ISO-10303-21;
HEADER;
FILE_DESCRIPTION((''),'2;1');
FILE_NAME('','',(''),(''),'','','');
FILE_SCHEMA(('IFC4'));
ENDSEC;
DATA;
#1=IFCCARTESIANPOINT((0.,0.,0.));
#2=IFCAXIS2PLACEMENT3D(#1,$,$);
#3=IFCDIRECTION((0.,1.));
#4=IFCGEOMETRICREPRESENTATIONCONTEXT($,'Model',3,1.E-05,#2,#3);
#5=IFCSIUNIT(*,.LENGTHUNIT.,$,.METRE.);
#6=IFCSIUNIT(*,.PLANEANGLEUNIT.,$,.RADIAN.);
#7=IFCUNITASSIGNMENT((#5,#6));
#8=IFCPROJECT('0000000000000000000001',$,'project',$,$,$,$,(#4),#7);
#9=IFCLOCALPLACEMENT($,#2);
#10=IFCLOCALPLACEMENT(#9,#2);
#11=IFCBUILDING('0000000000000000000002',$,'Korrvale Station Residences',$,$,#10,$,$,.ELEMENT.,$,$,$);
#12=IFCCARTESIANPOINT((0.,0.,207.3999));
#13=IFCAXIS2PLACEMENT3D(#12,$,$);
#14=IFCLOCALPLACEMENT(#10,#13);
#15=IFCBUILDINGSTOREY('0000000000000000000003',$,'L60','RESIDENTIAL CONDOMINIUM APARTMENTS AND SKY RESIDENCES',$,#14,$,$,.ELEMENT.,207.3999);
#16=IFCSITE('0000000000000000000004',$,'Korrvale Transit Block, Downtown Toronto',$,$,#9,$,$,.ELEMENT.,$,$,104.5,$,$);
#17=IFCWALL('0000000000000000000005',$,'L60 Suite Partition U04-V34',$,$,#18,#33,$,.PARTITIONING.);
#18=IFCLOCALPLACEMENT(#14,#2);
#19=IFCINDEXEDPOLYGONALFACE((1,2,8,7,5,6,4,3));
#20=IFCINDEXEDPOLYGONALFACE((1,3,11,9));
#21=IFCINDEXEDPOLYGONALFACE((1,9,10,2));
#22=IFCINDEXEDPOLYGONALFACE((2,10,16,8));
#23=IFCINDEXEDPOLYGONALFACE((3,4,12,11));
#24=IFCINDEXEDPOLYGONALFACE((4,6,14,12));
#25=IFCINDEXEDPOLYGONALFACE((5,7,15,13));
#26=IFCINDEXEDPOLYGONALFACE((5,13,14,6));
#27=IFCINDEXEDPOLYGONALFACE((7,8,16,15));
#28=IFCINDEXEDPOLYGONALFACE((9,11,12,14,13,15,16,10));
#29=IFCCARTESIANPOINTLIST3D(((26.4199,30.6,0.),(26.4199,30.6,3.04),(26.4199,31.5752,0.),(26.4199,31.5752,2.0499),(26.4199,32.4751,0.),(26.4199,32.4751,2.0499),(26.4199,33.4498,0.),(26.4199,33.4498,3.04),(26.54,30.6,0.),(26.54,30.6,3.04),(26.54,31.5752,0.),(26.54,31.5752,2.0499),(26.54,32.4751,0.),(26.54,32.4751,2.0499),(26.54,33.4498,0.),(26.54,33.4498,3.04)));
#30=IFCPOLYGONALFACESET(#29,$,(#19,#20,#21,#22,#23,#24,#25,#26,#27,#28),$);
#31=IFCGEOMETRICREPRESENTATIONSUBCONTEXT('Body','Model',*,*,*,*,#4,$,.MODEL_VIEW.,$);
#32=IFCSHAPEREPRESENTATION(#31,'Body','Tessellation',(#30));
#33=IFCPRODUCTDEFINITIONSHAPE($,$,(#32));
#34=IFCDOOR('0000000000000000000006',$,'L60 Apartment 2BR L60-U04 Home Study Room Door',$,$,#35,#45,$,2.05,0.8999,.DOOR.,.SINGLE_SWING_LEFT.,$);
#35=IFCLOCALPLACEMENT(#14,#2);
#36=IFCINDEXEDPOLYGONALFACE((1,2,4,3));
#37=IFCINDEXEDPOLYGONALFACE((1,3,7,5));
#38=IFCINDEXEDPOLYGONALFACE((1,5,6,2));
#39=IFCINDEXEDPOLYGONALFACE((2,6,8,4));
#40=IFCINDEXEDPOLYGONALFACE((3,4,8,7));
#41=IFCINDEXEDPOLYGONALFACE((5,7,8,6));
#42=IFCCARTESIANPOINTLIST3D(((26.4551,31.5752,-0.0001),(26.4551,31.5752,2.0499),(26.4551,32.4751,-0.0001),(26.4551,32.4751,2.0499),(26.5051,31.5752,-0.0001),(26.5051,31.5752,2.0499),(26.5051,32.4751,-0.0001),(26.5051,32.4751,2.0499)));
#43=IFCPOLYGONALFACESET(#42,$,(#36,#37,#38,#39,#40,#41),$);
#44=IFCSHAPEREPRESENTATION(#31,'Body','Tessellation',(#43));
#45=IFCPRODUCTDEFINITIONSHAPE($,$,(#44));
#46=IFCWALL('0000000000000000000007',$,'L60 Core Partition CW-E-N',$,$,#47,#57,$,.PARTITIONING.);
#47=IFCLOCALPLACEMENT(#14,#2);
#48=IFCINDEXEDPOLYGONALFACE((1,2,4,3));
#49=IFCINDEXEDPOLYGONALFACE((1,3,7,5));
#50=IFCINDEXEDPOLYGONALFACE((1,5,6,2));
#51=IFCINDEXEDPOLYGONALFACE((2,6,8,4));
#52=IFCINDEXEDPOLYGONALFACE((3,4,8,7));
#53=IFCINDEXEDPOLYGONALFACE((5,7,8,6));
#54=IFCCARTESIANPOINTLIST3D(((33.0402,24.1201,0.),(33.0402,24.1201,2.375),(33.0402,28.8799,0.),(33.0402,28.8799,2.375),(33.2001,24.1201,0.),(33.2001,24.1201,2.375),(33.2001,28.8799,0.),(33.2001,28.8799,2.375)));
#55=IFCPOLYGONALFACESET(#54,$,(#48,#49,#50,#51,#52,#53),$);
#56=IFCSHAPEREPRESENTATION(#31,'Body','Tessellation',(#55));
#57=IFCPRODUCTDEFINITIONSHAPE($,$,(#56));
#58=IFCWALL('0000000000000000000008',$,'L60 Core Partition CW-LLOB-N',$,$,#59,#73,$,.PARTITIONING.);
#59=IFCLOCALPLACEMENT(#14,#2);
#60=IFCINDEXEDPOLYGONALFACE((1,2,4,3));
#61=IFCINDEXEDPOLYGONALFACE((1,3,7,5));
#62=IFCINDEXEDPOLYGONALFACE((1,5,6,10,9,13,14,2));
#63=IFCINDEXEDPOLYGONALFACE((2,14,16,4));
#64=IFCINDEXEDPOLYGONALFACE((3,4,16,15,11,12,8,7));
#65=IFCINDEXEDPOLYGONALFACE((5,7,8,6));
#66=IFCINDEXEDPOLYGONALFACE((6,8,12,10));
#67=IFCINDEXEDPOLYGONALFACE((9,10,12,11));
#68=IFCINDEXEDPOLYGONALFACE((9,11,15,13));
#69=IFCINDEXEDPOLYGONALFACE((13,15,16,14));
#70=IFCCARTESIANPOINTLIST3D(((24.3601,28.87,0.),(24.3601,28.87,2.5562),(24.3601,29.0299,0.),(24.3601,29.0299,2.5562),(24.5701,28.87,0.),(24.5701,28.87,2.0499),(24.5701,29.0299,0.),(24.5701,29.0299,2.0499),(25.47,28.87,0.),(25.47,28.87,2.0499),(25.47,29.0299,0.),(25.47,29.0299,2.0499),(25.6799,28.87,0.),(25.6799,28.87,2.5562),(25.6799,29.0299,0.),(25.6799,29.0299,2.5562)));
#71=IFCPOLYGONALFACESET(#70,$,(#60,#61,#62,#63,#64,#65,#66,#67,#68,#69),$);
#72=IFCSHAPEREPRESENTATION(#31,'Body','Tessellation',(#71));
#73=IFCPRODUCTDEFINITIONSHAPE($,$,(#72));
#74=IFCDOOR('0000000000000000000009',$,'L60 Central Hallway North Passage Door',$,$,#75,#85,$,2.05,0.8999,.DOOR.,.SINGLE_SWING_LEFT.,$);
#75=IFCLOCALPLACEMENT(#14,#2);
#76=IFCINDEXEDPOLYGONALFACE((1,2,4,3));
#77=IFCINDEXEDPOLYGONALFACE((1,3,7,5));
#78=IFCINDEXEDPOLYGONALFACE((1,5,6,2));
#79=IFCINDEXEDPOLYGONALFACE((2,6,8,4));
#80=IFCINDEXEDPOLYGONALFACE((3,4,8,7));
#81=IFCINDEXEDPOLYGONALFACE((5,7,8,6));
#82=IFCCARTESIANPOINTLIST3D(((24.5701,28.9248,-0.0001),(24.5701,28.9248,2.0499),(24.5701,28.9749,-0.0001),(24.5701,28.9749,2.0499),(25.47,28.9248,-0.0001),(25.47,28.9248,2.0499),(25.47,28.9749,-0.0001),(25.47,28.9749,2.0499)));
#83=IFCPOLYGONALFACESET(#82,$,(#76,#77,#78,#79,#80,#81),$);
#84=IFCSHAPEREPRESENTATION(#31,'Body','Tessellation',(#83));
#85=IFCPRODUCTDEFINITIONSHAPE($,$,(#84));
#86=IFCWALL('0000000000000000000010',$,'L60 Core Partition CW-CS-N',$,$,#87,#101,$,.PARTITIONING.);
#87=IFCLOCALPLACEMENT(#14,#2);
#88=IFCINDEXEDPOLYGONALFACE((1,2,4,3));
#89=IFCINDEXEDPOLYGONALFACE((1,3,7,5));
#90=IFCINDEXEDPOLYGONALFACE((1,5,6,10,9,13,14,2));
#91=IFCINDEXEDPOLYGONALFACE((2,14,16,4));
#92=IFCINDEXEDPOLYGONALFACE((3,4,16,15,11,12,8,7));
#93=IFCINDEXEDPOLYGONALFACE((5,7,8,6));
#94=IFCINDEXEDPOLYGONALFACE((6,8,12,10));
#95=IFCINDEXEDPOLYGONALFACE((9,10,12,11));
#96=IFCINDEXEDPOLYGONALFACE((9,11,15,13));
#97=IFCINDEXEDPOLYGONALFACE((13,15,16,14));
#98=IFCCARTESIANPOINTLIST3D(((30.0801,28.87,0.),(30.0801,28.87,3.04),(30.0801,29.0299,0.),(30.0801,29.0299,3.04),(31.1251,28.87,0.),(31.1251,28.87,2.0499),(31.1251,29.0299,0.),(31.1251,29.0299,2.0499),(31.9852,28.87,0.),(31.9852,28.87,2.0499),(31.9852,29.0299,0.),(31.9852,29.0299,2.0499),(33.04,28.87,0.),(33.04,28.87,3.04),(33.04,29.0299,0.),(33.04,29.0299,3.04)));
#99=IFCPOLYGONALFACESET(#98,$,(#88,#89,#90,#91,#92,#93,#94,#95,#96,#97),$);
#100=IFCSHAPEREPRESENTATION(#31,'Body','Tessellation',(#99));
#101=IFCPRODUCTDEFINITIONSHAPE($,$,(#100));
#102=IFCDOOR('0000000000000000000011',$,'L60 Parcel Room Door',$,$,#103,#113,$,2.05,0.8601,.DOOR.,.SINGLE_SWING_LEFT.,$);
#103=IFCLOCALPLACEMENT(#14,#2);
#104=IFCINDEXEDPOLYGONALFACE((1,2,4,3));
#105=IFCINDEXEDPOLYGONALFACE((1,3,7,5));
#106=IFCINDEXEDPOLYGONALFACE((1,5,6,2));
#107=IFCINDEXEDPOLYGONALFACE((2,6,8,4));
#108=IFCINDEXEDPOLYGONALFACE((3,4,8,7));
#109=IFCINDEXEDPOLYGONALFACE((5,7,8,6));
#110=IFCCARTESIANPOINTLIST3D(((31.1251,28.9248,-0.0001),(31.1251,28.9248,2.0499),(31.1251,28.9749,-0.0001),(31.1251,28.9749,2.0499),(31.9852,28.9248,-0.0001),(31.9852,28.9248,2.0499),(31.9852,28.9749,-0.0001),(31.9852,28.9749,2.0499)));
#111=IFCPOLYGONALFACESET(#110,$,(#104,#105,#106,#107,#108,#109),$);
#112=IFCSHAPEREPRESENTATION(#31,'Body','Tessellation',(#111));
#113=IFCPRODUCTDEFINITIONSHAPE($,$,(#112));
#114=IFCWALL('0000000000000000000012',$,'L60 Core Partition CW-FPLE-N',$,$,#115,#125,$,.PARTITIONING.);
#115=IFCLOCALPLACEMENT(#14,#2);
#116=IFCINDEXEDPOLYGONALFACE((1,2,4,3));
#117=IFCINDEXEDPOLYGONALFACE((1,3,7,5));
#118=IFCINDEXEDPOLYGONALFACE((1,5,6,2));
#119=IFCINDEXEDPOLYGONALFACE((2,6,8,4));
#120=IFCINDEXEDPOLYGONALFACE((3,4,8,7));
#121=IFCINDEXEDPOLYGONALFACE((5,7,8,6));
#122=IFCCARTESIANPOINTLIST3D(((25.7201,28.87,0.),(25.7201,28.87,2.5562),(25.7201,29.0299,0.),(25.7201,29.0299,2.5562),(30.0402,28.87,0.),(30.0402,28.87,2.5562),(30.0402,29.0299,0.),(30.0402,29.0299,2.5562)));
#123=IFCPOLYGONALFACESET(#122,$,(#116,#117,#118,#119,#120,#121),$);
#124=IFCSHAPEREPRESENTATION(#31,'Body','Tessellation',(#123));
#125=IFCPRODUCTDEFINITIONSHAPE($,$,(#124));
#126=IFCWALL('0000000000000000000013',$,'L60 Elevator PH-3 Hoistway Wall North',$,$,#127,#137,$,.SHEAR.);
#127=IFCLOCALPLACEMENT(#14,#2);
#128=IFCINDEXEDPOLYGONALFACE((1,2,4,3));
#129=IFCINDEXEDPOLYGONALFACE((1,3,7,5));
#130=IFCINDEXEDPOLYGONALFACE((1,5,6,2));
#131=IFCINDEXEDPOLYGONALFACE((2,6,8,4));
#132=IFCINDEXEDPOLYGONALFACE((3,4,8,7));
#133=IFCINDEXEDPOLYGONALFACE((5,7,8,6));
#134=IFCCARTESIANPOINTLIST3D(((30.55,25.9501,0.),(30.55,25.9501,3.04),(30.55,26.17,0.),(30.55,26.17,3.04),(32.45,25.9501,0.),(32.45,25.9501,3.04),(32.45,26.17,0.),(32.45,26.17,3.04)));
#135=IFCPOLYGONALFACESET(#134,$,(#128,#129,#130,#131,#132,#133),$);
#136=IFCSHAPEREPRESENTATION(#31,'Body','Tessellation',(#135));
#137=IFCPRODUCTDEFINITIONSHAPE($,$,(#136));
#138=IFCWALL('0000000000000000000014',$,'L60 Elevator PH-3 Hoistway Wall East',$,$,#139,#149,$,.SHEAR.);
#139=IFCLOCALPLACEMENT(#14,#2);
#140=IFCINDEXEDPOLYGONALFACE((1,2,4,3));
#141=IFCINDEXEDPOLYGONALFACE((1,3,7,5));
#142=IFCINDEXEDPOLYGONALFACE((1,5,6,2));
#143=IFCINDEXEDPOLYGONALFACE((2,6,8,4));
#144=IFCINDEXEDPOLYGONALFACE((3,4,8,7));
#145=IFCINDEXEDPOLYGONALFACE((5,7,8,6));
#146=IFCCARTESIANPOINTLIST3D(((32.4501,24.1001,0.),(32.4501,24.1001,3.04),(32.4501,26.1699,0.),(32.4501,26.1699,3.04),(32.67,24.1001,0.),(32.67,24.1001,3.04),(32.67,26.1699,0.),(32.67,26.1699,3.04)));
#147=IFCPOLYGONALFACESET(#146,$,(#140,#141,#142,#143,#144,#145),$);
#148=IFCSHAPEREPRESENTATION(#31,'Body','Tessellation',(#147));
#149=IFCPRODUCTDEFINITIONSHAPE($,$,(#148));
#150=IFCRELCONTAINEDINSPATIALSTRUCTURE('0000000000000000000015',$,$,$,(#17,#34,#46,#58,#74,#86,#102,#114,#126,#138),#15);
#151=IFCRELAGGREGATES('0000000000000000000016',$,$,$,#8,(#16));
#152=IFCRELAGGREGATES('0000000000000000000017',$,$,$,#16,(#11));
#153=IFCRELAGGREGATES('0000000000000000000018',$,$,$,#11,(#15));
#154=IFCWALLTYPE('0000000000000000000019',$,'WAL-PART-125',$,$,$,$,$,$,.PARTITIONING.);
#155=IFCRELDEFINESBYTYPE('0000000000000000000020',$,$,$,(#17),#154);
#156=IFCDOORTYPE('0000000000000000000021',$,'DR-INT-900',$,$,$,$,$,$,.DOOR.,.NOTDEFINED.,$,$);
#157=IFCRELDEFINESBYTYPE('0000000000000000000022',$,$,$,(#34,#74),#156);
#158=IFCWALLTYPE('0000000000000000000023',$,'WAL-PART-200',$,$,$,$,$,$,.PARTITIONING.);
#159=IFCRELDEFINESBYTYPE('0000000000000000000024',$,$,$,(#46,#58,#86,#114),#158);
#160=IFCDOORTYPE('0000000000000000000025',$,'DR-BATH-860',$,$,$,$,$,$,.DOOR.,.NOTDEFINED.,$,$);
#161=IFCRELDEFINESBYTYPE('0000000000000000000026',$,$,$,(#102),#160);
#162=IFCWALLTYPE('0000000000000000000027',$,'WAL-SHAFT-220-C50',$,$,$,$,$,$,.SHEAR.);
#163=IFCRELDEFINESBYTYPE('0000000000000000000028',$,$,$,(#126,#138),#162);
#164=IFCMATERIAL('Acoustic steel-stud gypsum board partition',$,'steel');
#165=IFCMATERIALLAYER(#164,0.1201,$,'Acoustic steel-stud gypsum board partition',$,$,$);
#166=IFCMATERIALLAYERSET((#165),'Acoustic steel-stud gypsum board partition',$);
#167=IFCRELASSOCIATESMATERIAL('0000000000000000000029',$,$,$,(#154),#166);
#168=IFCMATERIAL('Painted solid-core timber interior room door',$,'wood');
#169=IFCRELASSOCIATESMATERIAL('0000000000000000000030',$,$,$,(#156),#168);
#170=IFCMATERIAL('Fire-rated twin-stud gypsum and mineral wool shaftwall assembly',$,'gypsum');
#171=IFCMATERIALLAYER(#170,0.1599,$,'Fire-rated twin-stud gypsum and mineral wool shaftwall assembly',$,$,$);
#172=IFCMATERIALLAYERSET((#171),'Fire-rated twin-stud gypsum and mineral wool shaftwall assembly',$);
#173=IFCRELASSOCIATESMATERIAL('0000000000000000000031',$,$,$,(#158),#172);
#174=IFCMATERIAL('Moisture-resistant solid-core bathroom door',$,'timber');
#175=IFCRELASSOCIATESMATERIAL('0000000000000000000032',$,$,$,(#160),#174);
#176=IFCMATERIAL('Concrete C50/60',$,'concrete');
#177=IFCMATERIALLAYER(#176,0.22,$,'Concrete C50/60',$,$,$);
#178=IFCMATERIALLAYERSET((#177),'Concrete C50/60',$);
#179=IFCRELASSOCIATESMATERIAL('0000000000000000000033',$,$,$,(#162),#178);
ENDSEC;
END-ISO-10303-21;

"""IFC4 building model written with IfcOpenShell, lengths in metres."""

from ifc_helpers import new_model, si_unit, direction, frame, frame_2d, origin, place, context, subcontext, project, spatial, rectangle, extrude, material, layer, layer_set, type_object, element, fill, save


model = new_model("IFC4")

# Units and contexts
model_context = context("Model", 3, precision=1e-05, world=origin(), true_north=direction((0.0, 1.0)))
body_context = subcontext(model_context, "Body", "Model", "MODEL_VIEW")
ifc_project = project(units=[si_unit("LENGTHUNIT", "METRE"), si_unit("PLANEANGLEUNIT", "RADIAN")], contexts=[model_context])

# Site, building, storey
site_placement = place(None, origin())
site = spatial("IfcSite", under=ifc_project, at=site_placement, Name="Korrvale Transit Block, Downtown Toronto", CompositionType="ELEMENT", RefElevation=104.5)
building_placement = place(site_placement, origin())
building = spatial("IfcBuilding", under=site, at=building_placement, Name="Korrvale Station Residences", CompositionType="ELEMENT")
storey_placement = place(building_placement, frame((0.0, 0.0, 207.3999)))
storey = spatial("IfcBuildingStorey", under=building, at=storey_placement, Name="L60", Description="RESIDENTIAL CONDOMINIUM APARTMENTS AND SKY RESIDENCES", CompositionType="ELEMENT", Elevation=207.3999)

# Shared definitions
ifc_material_1 = material(Name="Concrete C50/60", Category="concrete")

# Shared definitions
ifc_material_2 = material(Name="Acoustic steel-stud gypsum board partition", Category="steel")
ifc_layer_1 = layer(ifc_material_2, 0.1201, Name="Acoustic steel-stud gypsum board partition")
ifc_layer_set_1 = layer_set([ifc_layer_1], Name="Acoustic steel-stud gypsum board partition")
wall_type_1 = type_object("IfcWallType", Name="WAL-PART-125", PredefinedType="PARTITIONING", material=ifc_layer_set_1)

# Shared definitions
ifc_material_3 = material(Name="Painted solid-core timber interior room door", Category="wood")
door_type_1 = type_object("IfcDoorType", Name="DR-INT-900", OperationType="NOTDEFINED", PredefinedType="DOOR", material=ifc_material_3)

# Wall, opening, door
wall_1_placement = place(storey_placement, frame((26.48, 30.6001, 0.0), z_axis=(0.0, 0.0, 1.0), x_axis=(0.0, 1.0, 0.0)))
wall_1 = element("IfcWall", 1, at=wall_1_placement, inside=storey, type_object=wall_type_1, Name="L60 Suite Partition U04-V34", PredefinedType="PARTITIONING", context=body_context, shape_type="SweptSolid", body=[
    extrude(rectangle(XDim=2.8499, YDim=0.1201, at=frame_2d((1.4248, 0.0))), origin(), (0.0, 0.0, 1.0), 3.04),
])
opening_1_placement = place(wall_1_placement, frame((0.9751, 0.0, 0.0)))
opening_1 = element("IfcOpeningElement", 2, at=opening_1_placement, cuts=wall_1, PredefinedType="OPENING", context=body_context, shape_type="SweptSolid", body=[
    extrude(rectangle(XDim=0.8999, YDim=2.05, at=frame_2d((0.45, 1.0249))), frame((0.0, 0.0701, 0.0), z_axis=(0.0, -1.0, 0.0), x_axis=(1.0, 0.0, 0.0)), (0.0, 0.0, 1.0), 0.1401),
])
door_1_placement = place(opening_1_placement, origin())
door_1 = element("IfcDoor", 3, at=door_1_placement, inside=storey, type_object=door_type_1, Name="L60 Apartment 2BR L60-U04 Home Study Room Door", OperationType="SINGLE_SWING_LEFT", OverallHeight=2.05, OverallWidth=0.8999, PredefinedType="DOOR", context=body_context, shape_type="SweptSolid", body=[
    extrude(rectangle(XDim=0.8999, YDim=2.05, at=frame_2d((0.45, 1.0249))), frame((0.0, 0.0249, 0.0), z_axis=(0.0, -1.0, 0.0), x_axis=(1.0, 0.0, 0.0)), (0.0, 0.0, 1.0), 0.05),
])
fill(opening_1, door_1)

# Wall
ifc_material_4 = material(Name="Fire-rated twin-stud gypsum and mineral wool shaftwall assembly", Category="gypsum")
ifc_layer_2 = layer(ifc_material_4, 0.1599, Name="Fire-rated twin-stud gypsum and mineral wool shaftwall assembly")
ifc_layer_set_2 = layer_set([ifc_layer_2], Name="Fire-rated twin-stud gypsum and mineral wool shaftwall assembly")
wall_type_2 = type_object("IfcWallType", Name="WAL-PART-200", PredefinedType="PARTITIONING", material=ifc_layer_set_2)
wall_2_placement = place(storey_placement, frame((33.1201, 24.1201, 0.0), z_axis=(0.0, 0.0, 1.0), x_axis=(0.0, 1.0, 0.0)))
element("IfcWall", 4, at=wall_2_placement, inside=storey, type_object=wall_type_2, Name="L60 Core Partition CW-E-N", PredefinedType="PARTITIONING", context=body_context, shape_type="SweptSolid", body=[
    extrude(rectangle(XDim=4.7598, YDim=0.1599, at=frame_2d((2.3799, 0.0))), origin(), (0.0, 0.0, 1.0), 2.375),
])

# Walls, openings, doors
wall_3_placement = place(storey_placement, frame((24.3601, 28.95, 0.0), z_axis=(0.0, 0.0, 1.0), x_axis=(1.0, 0.0, 0.0)))
wall_3 = element("IfcWall", 5, at=wall_3_placement, inside=storey, type_object=wall_type_2, Name="L60 Core Partition CW-LLOB-N", PredefinedType="PARTITIONING", context=body_context, shape_type="SweptSolid", body=[
    extrude(rectangle(XDim=1.3198, YDim=0.1599, at=frame_2d((0.6599, 0.0))), origin(), (0.0, 0.0, 1.0), 2.5562),
])
opening_2_placement = place(wall_3_placement, frame((0.21, 0.0, 0.0)))
opening_2 = element("IfcOpeningElement", 6, at=opening_2_placement, cuts=wall_3, PredefinedType="OPENING", context=body_context, shape_type="SweptSolid", body=[
    extrude(rectangle(XDim=0.8999, YDim=2.05, at=frame_2d((0.45, 1.0249))), frame((0.0, 0.0898, 0.0), z_axis=(0.0, -1.0, 0.0), x_axis=(1.0, 0.0, 0.0)), (0.0, 0.0, 1.0), 0.1799),
])
door_2_placement = place(opening_2_placement, origin())
door_2 = element("IfcDoor", 7, at=door_2_placement, inside=storey, type_object=door_type_1, Name="L60 Central Hallway North Passage Door", OperationType="SINGLE_SWING_LEFT", OverallHeight=2.05, OverallWidth=0.8999, PredefinedType="DOOR", context=body_context, shape_type="SweptSolid", body=[
    extrude(rectangle(XDim=0.8999, YDim=2.05, at=frame_2d((0.45, 1.0249))), frame((0.0, 0.0249, 0.0), z_axis=(0.0, -1.0, 0.0), x_axis=(1.0, 0.0, 0.0)), (0.0, 0.0, 1.0), 0.05),
])
fill(opening_2, door_2)
wall_4_placement = place(storey_placement, frame((30.0801, 28.95, 0.0), z_axis=(0.0, 0.0, 1.0), x_axis=(1.0, 0.0, 0.0)))
wall_4 = element("IfcWall", 8, at=wall_4_placement, inside=storey, type_object=wall_type_2, Name="L60 Core Partition CW-CS-N", PredefinedType="PARTITIONING", context=body_context, shape_type="SweptSolid", body=[
    extrude(rectangle(XDim=2.96, YDim=0.1599, at=frame_2d((1.48, 0.0))), origin(), (0.0, 0.0, 1.0), 3.04),
])
opening_3_placement = place(wall_4_placement, frame((1.0449, 0.0, 0.0)))
opening_3 = element("IfcOpeningElement", 9, at=opening_3_placement, cuts=wall_4, PredefinedType="OPENING", context=body_context, shape_type="SweptSolid", body=[
    extrude(rectangle(XDim=0.8601, YDim=2.05, at=frame_2d((0.4302, 1.0249))), frame((0.0, 0.0898, 0.0), z_axis=(0.0, -1.0, 0.0), x_axis=(1.0, 0.0, 0.0)), (0.0, 0.0, 1.0), 0.1799),
])
ifc_material_5 = material(Name="Moisture-resistant solid-core bathroom door", Category="timber")
door_type_2 = type_object("IfcDoorType", Name="DR-BATH-860", OperationType="NOTDEFINED", PredefinedType="DOOR", material=ifc_material_5)
door_3_placement = place(opening_3_placement, origin())
door_3 = element("IfcDoor", 10, at=door_3_placement, inside=storey, type_object=door_type_2, Name="L60 Parcel Room Door", OperationType="SINGLE_SWING_LEFT", OverallHeight=2.05, OverallWidth=0.8601, PredefinedType="DOOR", context=body_context, shape_type="SweptSolid", body=[
    extrude(rectangle(XDim=0.8601, YDim=2.05, at=frame_2d((0.4302, 1.0249))), frame((0.0, 0.0249, 0.0), z_axis=(0.0, -1.0, 0.0), x_axis=(1.0, 0.0, 0.0)), (0.0, 0.0, 1.0), 0.05),
])
fill(opening_3, door_3)

# Walls
wall_5_placement = place(storey_placement, frame((25.72, 28.95, 0.0), z_axis=(0.0, 0.0, 1.0), x_axis=(1.0, 0.0, 0.0)))
element("IfcWall", 11, at=wall_5_placement, inside=storey, type_object=wall_type_2, Name="L60 Core Partition CW-FPLE-N", PredefinedType="PARTITIONING", context=body_context, shape_type="SweptSolid", body=[
    extrude(rectangle(XDim=4.3201, YDim=0.1599, at=frame_2d((2.1602, 0.0))), origin(), (0.0, 0.0, 1.0), 2.5562),
])
ifc_layer_3 = layer(ifc_material_1, 0.22, Name="Concrete C50/60")
ifc_layer_set_3 = layer_set([ifc_layer_3], Name="Concrete C50/60")
wall_type_3 = type_object("IfcWallType", Name="WAL-SHAFT-220-C50", PredefinedType="SHEAR", material=ifc_layer_set_3)
wall_6_placement = place(storey_placement, frame((30.55, 26.0601, 0.0), z_axis=(0.0, 0.0, 1.0), x_axis=(1.0, 0.0, 0.0)))
element("IfcWall", 12, at=wall_6_placement, inside=storey, type_object=wall_type_3, Name="L60 Elevator PH-3 Hoistway Wall North", PredefinedType="SHEAR", context=body_context, shape_type="SweptSolid", body=[
    extrude(rectangle(XDim=1.8999, YDim=0.22, at=frame_2d((0.95, 0.0))), origin(), (0.0, 0.0, 1.0), 3.04),
])

# Wall
wall_7_placement = place(storey_placement, frame((32.5601, 24.1001, 0.0), z_axis=(0.0, 0.0, 1.0), x_axis=(0.0, 1.0, 0.0)))
element("IfcWall", 13, at=wall_7_placement, inside=storey, type_object=wall_type_3, Name="L60 Elevator PH-3 Hoistway Wall East", PredefinedType="SHEAR", context=body_context, shape_type="SweptSolid", body=[
    extrude(rectangle(XDim=2.0698, YDim=0.22, at=frame_2d((1.0349, 0.0))), origin(), (0.0, 0.0, 1.0), 3.04),
])

save(model, "model.ifc")
